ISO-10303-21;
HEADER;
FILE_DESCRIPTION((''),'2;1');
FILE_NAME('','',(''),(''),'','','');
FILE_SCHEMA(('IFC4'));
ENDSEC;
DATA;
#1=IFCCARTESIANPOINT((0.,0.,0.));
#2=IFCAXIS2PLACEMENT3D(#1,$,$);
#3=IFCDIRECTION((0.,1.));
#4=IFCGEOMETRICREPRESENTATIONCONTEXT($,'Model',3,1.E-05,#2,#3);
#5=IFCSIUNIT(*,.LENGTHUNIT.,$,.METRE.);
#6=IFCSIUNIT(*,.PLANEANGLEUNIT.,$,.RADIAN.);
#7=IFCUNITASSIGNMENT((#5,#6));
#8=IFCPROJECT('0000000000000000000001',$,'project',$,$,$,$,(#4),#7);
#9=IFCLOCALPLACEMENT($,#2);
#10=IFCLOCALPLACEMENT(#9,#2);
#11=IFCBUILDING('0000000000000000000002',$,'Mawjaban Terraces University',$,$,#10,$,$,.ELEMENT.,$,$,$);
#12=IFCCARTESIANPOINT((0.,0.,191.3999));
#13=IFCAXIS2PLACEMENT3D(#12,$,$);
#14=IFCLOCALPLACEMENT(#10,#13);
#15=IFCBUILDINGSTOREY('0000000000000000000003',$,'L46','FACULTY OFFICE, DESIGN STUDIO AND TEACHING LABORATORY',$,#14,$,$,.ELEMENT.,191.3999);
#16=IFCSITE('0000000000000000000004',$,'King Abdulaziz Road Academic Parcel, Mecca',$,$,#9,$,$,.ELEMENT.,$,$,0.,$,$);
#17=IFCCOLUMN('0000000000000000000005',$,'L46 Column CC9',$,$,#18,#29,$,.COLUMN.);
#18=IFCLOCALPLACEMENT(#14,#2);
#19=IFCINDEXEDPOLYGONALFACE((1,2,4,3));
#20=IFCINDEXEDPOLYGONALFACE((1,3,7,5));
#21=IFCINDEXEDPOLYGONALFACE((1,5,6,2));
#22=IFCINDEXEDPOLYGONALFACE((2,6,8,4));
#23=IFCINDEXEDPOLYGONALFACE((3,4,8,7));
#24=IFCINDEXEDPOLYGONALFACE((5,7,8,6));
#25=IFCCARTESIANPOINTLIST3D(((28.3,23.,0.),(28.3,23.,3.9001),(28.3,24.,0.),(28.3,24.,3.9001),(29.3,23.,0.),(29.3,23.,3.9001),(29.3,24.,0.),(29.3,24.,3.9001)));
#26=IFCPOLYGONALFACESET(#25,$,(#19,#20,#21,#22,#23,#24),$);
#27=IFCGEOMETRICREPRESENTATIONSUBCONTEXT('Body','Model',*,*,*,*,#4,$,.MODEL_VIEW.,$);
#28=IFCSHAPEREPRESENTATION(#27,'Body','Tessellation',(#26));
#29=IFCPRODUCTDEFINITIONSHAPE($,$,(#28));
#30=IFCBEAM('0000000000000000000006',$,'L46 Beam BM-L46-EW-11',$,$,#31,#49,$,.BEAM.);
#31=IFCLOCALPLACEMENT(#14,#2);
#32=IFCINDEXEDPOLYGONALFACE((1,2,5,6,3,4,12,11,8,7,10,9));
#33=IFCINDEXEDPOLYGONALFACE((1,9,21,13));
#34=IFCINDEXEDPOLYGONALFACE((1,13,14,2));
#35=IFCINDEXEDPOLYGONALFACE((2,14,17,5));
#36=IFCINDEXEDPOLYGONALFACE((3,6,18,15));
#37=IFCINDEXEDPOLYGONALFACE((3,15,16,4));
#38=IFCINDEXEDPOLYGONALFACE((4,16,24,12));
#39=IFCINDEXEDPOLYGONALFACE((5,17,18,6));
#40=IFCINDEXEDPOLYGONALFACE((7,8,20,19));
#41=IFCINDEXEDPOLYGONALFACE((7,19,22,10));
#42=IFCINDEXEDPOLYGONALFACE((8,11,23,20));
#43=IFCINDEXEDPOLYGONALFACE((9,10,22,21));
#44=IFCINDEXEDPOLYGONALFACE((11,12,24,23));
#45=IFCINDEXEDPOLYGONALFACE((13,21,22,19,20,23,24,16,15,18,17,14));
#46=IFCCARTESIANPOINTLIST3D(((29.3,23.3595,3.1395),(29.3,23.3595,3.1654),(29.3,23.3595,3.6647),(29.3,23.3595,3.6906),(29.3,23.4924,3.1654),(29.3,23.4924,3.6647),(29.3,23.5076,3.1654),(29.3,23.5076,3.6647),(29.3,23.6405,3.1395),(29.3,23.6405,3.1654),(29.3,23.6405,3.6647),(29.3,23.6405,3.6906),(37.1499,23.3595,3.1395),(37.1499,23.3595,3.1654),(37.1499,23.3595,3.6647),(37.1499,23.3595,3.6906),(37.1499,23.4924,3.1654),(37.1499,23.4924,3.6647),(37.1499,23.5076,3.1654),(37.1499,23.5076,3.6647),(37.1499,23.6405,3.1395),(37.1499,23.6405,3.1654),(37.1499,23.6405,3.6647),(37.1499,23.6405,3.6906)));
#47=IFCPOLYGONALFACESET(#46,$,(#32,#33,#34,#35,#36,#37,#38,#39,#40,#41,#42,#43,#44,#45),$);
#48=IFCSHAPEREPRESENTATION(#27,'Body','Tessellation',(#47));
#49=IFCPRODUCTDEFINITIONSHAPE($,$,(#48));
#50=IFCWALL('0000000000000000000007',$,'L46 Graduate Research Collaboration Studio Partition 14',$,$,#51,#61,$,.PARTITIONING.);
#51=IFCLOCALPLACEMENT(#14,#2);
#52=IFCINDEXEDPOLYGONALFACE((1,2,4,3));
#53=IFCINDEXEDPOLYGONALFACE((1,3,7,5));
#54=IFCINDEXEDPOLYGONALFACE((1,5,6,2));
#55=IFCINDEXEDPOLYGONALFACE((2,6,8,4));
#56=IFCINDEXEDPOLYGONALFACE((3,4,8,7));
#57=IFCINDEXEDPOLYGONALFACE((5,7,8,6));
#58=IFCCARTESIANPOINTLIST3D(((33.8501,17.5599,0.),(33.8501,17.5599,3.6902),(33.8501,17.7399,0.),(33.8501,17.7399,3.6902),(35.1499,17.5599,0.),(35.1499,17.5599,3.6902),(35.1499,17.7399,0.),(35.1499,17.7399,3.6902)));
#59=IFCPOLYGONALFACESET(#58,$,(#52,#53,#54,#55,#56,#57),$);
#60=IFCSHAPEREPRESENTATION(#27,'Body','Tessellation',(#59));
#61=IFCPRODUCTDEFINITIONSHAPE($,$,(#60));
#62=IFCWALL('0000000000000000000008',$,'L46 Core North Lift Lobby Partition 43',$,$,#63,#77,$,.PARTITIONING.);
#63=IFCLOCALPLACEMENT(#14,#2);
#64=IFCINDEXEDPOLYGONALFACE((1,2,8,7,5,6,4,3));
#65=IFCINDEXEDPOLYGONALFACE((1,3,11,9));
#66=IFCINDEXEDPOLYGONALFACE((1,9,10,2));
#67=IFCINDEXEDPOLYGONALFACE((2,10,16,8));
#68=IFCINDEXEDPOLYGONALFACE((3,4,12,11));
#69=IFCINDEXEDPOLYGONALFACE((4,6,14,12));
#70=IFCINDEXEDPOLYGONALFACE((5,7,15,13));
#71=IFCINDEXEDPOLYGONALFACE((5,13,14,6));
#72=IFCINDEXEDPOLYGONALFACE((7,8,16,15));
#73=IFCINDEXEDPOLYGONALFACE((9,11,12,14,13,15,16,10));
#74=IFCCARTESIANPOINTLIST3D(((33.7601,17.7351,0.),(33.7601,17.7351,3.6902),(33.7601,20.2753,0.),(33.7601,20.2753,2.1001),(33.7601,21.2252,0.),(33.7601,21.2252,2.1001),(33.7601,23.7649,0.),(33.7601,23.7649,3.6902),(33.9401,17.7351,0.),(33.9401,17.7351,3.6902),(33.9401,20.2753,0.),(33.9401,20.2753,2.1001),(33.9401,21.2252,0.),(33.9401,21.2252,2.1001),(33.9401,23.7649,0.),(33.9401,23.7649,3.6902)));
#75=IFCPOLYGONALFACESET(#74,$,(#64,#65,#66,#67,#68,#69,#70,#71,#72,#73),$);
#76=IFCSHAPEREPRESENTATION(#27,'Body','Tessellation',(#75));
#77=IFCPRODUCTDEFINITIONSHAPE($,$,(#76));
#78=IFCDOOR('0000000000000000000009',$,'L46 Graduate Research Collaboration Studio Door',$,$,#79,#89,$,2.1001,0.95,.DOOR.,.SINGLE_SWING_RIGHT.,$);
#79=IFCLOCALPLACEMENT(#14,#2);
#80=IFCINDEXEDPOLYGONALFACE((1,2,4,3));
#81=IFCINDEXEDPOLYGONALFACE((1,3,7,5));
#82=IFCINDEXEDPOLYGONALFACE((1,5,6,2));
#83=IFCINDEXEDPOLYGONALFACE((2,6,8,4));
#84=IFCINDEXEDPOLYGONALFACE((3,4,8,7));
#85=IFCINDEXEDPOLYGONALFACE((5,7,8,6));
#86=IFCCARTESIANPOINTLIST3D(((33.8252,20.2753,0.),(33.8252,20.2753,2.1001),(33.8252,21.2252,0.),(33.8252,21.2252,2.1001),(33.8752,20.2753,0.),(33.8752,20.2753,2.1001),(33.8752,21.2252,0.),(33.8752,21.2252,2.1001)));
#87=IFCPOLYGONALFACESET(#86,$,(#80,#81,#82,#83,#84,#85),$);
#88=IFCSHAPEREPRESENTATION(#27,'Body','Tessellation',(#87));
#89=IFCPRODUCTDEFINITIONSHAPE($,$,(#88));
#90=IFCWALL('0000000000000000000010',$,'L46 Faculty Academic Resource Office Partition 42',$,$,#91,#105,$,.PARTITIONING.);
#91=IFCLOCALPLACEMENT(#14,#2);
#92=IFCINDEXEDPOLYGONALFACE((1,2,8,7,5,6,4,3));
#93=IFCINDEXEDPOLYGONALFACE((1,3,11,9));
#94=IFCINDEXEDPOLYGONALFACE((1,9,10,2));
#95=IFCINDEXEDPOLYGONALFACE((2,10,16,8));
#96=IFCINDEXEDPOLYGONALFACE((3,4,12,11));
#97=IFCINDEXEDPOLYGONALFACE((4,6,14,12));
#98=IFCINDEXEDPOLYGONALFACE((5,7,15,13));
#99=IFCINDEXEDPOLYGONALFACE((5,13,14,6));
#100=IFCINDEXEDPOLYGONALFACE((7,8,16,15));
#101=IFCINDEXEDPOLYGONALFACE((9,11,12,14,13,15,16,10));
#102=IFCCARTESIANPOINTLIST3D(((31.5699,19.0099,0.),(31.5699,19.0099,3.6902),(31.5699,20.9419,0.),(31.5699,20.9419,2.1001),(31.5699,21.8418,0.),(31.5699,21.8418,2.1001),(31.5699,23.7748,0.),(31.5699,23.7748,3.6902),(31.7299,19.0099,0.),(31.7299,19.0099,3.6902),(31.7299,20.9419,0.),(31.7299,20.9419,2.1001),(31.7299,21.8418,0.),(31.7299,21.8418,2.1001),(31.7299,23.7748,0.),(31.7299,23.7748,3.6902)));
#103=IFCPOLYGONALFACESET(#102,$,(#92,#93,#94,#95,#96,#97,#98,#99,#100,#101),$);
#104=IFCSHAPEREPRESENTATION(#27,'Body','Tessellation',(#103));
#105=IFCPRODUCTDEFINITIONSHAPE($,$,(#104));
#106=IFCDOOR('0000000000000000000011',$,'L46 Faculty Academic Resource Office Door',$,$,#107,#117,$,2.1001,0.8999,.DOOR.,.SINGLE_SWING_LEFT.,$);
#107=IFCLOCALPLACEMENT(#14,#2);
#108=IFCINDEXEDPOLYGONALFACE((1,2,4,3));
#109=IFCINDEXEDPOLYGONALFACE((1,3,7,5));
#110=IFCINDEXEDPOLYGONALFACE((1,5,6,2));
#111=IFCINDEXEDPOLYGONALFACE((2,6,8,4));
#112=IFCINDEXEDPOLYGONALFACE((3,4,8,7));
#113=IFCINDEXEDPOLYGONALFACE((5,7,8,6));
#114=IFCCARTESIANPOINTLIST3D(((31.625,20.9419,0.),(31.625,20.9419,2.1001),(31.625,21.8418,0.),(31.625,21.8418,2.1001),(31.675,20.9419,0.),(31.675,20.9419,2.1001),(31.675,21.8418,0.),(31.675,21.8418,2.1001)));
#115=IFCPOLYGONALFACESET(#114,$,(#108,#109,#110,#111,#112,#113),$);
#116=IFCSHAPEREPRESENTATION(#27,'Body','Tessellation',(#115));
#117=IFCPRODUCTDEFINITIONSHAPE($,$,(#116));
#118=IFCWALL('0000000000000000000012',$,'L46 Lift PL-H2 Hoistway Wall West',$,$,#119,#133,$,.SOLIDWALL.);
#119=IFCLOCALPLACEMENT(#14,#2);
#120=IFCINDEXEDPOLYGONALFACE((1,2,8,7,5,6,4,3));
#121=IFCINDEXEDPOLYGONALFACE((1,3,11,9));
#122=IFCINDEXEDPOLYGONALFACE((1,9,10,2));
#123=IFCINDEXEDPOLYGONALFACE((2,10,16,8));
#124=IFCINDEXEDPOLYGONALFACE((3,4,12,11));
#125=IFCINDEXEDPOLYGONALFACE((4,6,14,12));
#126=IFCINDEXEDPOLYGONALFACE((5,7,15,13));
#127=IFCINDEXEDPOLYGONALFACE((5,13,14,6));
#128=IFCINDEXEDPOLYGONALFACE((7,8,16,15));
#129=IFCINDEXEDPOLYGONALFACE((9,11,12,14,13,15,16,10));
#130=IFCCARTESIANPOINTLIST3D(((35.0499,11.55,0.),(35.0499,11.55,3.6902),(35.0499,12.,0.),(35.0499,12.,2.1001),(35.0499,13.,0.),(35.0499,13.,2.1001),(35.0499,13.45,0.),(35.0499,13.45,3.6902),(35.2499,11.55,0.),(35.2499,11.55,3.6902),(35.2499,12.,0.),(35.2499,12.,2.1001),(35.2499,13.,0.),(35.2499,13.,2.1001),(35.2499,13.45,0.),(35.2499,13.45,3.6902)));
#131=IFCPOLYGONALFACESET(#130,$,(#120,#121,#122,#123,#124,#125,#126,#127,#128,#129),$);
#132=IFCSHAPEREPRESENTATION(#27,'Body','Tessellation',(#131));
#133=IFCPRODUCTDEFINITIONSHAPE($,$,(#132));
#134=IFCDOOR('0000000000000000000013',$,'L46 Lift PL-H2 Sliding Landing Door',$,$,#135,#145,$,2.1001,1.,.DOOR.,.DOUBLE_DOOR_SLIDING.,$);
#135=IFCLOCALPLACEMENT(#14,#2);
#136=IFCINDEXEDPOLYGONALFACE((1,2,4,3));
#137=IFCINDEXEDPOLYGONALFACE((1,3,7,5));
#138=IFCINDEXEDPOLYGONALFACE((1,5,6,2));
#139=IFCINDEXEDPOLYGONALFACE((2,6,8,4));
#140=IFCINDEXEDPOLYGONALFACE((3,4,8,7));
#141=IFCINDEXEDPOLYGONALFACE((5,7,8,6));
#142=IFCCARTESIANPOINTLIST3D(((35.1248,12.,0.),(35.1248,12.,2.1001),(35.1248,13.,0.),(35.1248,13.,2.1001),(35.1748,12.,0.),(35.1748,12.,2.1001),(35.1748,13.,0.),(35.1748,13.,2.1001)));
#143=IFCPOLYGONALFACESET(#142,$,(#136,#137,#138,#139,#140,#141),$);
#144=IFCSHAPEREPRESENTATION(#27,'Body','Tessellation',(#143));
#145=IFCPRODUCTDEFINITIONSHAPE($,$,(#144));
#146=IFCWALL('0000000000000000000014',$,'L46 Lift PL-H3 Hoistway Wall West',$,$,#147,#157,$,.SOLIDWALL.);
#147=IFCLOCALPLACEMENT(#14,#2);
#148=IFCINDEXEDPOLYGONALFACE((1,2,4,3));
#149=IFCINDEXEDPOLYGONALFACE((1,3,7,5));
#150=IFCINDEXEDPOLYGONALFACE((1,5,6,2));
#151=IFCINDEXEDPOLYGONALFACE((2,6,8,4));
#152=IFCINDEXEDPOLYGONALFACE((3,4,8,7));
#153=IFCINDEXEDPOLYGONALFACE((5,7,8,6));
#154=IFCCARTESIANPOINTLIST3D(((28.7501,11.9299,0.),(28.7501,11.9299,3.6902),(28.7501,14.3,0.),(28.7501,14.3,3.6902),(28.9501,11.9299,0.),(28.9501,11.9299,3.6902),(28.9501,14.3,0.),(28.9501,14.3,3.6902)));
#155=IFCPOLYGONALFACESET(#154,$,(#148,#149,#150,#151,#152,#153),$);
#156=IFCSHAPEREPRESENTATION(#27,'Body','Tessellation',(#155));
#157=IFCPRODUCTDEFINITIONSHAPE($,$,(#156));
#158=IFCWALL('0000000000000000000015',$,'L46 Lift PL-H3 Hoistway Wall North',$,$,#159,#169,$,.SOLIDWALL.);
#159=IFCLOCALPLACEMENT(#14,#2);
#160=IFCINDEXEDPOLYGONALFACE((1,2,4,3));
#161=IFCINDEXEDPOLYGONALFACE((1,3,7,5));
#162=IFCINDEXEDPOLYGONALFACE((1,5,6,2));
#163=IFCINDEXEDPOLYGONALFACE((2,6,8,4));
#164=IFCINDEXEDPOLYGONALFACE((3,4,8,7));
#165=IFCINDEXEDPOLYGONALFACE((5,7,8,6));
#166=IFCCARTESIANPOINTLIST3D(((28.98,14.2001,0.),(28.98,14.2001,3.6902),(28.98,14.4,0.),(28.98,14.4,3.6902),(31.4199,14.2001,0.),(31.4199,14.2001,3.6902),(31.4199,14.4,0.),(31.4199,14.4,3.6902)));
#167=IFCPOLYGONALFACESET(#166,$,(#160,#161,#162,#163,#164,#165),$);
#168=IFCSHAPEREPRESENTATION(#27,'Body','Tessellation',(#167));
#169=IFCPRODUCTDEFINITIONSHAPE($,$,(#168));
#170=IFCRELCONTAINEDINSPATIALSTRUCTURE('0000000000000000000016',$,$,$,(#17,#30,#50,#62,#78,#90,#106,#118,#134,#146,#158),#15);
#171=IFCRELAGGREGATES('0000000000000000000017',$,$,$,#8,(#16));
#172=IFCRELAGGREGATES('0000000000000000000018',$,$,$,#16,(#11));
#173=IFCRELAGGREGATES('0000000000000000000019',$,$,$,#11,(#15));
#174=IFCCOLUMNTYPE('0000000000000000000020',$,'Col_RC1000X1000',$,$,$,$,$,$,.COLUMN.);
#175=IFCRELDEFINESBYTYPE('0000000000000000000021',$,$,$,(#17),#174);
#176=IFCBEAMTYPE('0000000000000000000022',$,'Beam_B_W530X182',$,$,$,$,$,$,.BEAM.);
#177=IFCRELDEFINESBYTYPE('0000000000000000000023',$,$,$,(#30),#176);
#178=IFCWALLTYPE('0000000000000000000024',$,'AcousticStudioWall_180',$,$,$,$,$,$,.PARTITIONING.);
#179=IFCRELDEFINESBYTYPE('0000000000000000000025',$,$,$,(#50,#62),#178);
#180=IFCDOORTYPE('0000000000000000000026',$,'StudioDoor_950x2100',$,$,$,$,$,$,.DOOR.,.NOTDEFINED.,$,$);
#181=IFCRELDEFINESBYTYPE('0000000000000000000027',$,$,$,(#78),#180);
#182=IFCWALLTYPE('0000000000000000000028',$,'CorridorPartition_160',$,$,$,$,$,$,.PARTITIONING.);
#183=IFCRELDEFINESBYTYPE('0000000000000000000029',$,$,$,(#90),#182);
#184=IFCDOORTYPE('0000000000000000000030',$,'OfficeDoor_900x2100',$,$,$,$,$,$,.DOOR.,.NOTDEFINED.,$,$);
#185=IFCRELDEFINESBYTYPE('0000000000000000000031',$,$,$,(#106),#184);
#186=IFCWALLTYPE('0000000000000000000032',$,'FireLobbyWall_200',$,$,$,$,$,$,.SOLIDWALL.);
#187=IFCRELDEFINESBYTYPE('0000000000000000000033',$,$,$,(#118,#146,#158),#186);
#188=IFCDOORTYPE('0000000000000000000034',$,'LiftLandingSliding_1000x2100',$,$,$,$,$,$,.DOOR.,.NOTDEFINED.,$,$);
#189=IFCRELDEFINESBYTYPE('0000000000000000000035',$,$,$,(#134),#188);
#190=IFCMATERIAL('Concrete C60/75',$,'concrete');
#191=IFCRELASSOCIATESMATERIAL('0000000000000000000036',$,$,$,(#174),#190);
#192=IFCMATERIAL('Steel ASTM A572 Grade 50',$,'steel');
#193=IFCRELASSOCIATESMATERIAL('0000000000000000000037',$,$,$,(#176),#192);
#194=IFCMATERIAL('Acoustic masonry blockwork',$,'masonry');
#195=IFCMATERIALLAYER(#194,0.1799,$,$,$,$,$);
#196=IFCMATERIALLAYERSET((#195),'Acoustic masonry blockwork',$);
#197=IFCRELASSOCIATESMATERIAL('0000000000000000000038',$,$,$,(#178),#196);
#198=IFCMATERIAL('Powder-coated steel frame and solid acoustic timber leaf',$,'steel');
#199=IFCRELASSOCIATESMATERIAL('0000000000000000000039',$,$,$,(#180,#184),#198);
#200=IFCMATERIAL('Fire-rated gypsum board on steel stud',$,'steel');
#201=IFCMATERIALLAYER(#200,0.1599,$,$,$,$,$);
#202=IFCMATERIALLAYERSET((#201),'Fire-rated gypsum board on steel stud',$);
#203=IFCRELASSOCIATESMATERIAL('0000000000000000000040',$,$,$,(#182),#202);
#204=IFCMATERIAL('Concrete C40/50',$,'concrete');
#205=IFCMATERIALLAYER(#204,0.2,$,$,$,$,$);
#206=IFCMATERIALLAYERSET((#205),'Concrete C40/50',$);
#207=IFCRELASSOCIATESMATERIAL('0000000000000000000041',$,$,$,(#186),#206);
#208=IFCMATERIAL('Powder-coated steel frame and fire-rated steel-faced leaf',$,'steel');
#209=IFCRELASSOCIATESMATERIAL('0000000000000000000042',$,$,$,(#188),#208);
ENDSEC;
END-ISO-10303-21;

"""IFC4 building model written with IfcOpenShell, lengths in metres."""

from ifc_helpers import new_model, si_unit, direction, frame, frame_2d, origin, origin_2d, place, context, subcontext, project, spatial, rectangle, i_section, extrude, material, layer, layer_set, material_profile, profile_set, type_object, element, fill, save


model = new_model("IFC4")

# Units and contexts
model_context = context("Model", 3, precision=1e-05, world=origin(), true_north=direction((0.0, 1.0)))
body_context = subcontext(model_context, "Body", "Model", "MODEL_VIEW")
ifc_project = project(units=[si_unit("LENGTHUNIT", "METRE"), si_unit("PLANEANGLEUNIT", "RADIAN")], contexts=[model_context])

# Site, building, storey
site_placement = place(None, origin())
site = spatial("IfcSite", under=ifc_project, at=site_placement, Name="King Abdulaziz Road Academic Parcel, Mecca", CompositionType="ELEMENT", RefElevation=0.0)
building_placement = place(site_placement, origin())
building = spatial("IfcBuilding", under=site, at=building_placement, Name="Mawjaban Terraces University", CompositionType="ELEMENT")
storey_placement = place(building_placement, frame((0.0, 0.0, 191.3999)))
storey = spatial("IfcBuildingStorey", under=building, at=storey_placement, Name="L46", Description="FACULTY OFFICE, DESIGN STUDIO AND TEACHING LABORATORY", CompositionType="ELEMENT", Elevation=191.3999)

# Column
ifc_material_1 = material(Name="Concrete C60/75", Category="concrete")
ifc_material_profile_1 = material_profile(ifc_material_1, rectangle(XDim=1.0, YDim=1.0, at=origin_2d()), Name="RC1000X1000")
ifc_profile_set_1 = profile_set([ifc_material_profile_1], Name="Concrete C60/75")
column_type = type_object("IfcColumnType", Name="Col_RC1000X1000", PredefinedType="COLUMN", material=ifc_profile_set_1)
column_placement = place(storey_placement, frame((28.8, 23.5, 0.0), z_axis=(0.0, 0.0, 1.0), x_axis=(1.0, 0.0, 0.0)))
element("IfcColumn", 1, at=column_placement, inside=storey, type_object=column_type, Name="L46 Column CC9", PredefinedType="COLUMN", context=body_context, shape_type="SweptSolid", body=[
    extrude(rectangle(XDim=1.0, YDim=1.0, at=origin_2d()), origin(), (0.0, 0.0, 1.0), 3.9001),
])

# Beam
ifc_material_2 = material(Name="Steel ASTM A572 Grade 50", Category="steel")
ifc_material_profile_2 = material_profile(ifc_material_2, i_section(OverallWidth=0.281, OverallDepth=0.551, WebThickness=0.0151, FlangeThickness=0.0259, at=origin_2d()), Name="W530X182")
ifc_profile_set_2 = profile_set([ifc_material_profile_2], Name="Steel ASTM A572 Grade 50")
beam_type = type_object("IfcBeamType", Name="Beam_B_W530X182", PredefinedType="BEAM", material=ifc_profile_set_2)
beam_placement = place(storey_placement, frame((29.3, 23.5, 3.415), z_axis=(1.0, 0.0, 0.0), x_axis=(0.0, 1.0, 0.0)))
element("IfcBeam", 2, at=beam_placement, inside=storey, type_object=beam_type, Name="L46 Beam BM-L46-EW-11", PredefinedType="BEAM", context=body_context, shape_type="SweptSolid", body=[
    extrude(i_section(OverallWidth=0.281, OverallDepth=0.551, WebThickness=0.0151, FlangeThickness=0.0259, at=origin_2d()), origin(), (0.0, 0.0, 1.0), 7.8499),
])

# Wall
ifc_material_3 = material(Name="Acoustic masonry blockwork", Category="masonry")
ifc_layer_1 = layer(ifc_material_3, 0.1799)
ifc_layer_set_1 = layer_set([ifc_layer_1], Name="Acoustic masonry blockwork")
wall_type_1 = type_object("IfcWallType", Name="AcousticStudioWall_180", PredefinedType="PARTITIONING", material=ifc_layer_set_1)
wall_1_placement = place(storey_placement, frame((33.8501, 17.6499, 0.0), z_axis=(0.0, 0.0, 1.0), x_axis=(1.0, 0.0, 0.0)))
element("IfcWall", 3, at=wall_1_placement, inside=storey, type_object=wall_type_1, Name="L46 Graduate Research Collaboration Studio Partition 14", PredefinedType="PARTITIONING", context=body_context, shape_type="SweptSolid", body=[
    extrude(rectangle(XDim=1.2998, YDim=0.1799, at=frame_2d((0.6499, 0.0))), origin(), (0.0, 0.0, 1.0), 3.6902),
])

# Walls, openings, doors
wall_2_placement = place(storey_placement, frame((33.8501, 17.7351, 0.0), z_axis=(0.0, 0.0, 1.0), x_axis=(0.0, 1.0, 0.0)))
wall_2 = element("IfcWall", 4, at=wall_2_placement, inside=storey, type_object=wall_type_1, Name="L46 Core North Lift Lobby Partition 43", PredefinedType="PARTITIONING", context=body_context, shape_type="SweptSolid", body=[
    extrude(rectangle(XDim=6.0298, YDim=0.1799, at=frame_2d((3.0149, 0.0))), origin(), (0.0, 0.0, 1.0), 3.6902),
])
opening_1_placement = place(wall_2_placement, frame((2.54, 0.0, 0.0)))
opening_1 = element("IfcOpeningElement", 5, at=opening_1_placement, cuts=wall_2, PredefinedType="OPENING", context=body_context, shape_type="SweptSolid", body=[
    extrude(rectangle(XDim=0.95, YDim=2.1001, at=frame_2d((0.4751, 1.05))), frame((0.0, 0.0999, 0.0), z_axis=(0.0, -1.0, 0.0), x_axis=(1.0, 0.0, 0.0)), (0.0, 0.0, 1.0), 0.2),
])
ifc_material_4 = material(Name="Powder-coated steel frame and solid acoustic timber leaf", Category="steel")
door_type_1 = type_object("IfcDoorType", Name="StudioDoor_950x2100", OperationType="NOTDEFINED", PredefinedType="DOOR", material=ifc_material_4)
door_1_placement = place(opening_1_placement, origin())
door_1 = element("IfcDoor", 6, at=door_1_placement, inside=storey, type_object=door_type_1, Name="L46 Graduate Research Collaboration Studio Door", OperationType="SINGLE_SWING_RIGHT", OverallHeight=2.1001, OverallWidth=0.95, PredefinedType="DOOR", context=body_context, shape_type="SweptSolid", body=[
    extrude(rectangle(XDim=0.95, YDim=2.1001, at=frame_2d((0.4751, 1.05))), frame((0.0, 0.0249, 0.0), z_axis=(0.0, -1.0, 0.0), x_axis=(1.0, 0.0, 0.0)), (0.0, 0.0, 1.0), 0.05),
])
fill(opening_1, door_1)
ifc_material_5 = material(Name="Fire-rated gypsum board on steel stud", Category="steel")
ifc_layer_2 = layer(ifc_material_5, 0.1599)
ifc_layer_set_2 = layer_set([ifc_layer_2], Name="Fire-rated gypsum board on steel stud")
wall_type_2 = type_object("IfcWallType", Name="CorridorPartition_160", PredefinedType="PARTITIONING", material=ifc_layer_set_2)
wall_3_placement = place(storey_placement, frame((31.6499, 19.01, 0.0), z_axis=(0.0, 0.0, 1.0), x_axis=(0.0, 1.0, 0.0)))
wall_3 = element("IfcWall", 7, at=wall_3_placement, inside=storey, type_object=wall_type_2, Name="L46 Faculty Academic Resource Office Partition 42", PredefinedType="PARTITIONING", context=body_context, shape_type="SweptSolid", body=[
    extrude(rectangle(XDim=4.7649, YDim=0.1599, at=frame_2d((2.3823, 0.0))), origin(), (0.0, 0.0, 1.0), 3.6902),
])
opening_2_placement = place(wall_3_placement, frame((1.9319, 0.0, 0.0)))
opening_2 = element("IfcOpeningElement", 8, at=opening_2_placement, cuts=wall_3, PredefinedType="OPENING", context=body_context, shape_type="SweptSolid", body=[
    extrude(rectangle(XDim=0.8999, YDim=2.1001, at=frame_2d((0.45, 1.05))), frame((0.0, 0.0898, 0.0), z_axis=(0.0, -1.0, 0.0), x_axis=(1.0, 0.0, 0.0)), (0.0, 0.0, 1.0), 0.1799),
])
door_type_2 = type_object("IfcDoorType", Name="OfficeDoor_900x2100", OperationType="NOTDEFINED", PredefinedType="DOOR", material=ifc_material_4)
door_2_placement = place(opening_2_placement, origin())
door_2 = element("IfcDoor", 9, at=door_2_placement, inside=storey, type_object=door_type_2, Name="L46 Faculty Academic Resource Office Door", OperationType="SINGLE_SWING_LEFT", OverallHeight=2.1001, OverallWidth=0.8999, PredefinedType="DOOR", context=body_context, shape_type="SweptSolid", body=[
    extrude(rectangle(XDim=0.8999, YDim=2.1001, at=frame_2d((0.45, 1.05))), frame((0.0, 0.0249, 0.0), z_axis=(0.0, -1.0, 0.0), x_axis=(1.0, 0.0, 0.0)), (0.0, 0.0, 1.0), 0.05),
])
fill(opening_2, door_2)
ifc_material_6 = material(Name="Concrete C40/50", Category="concrete")
ifc_layer_3 = layer(ifc_material_6, 0.2)
ifc_layer_set_3 = layer_set([ifc_layer_3], Name="Concrete C40/50")
wall_type_3 = type_object("IfcWallType", Name="FireLobbyWall_200", PredefinedType="SOLIDWALL", material=ifc_layer_set_3)
wall_4_placement = place(storey_placement, frame((35.1499, 13.45, 0.0), z_axis=(0.0, 0.0, 1.0), x_axis=(0.0, -1.0, 0.0)))
wall_4 = element("IfcWall", 10, at=wall_4_placement, inside=storey, type_object=wall_type_3, Name="L46 Lift PL-H2 Hoistway Wall West", PredefinedType="SOLIDWALL", context=body_context, shape_type="SweptSolid", body=[
    extrude(rectangle(XDim=1.8999, YDim=0.2, at=frame_2d((0.95, 0.0))), origin(), (0.0, 0.0, 1.0), 3.6902),
])
opening_3_placement = place(wall_4_placement, frame((0.45, 0.0, 0.0)))
opening_3 = element("IfcOpeningElement", 11, at=opening_3_placement, cuts=wall_4, PredefinedType="OPENING", context=body_context, shape_type="SweptSolid", body=[
    extrude(rectangle(XDim=1.0, YDim=2.1001, at=frame_2d((0.5, 1.05))), frame((0.0, 0.1099, 0.0), z_axis=(0.0, -1.0, 0.0), x_axis=(1.0, 0.0, 0.0)), (0.0, 0.0, 1.0), 0.22),
])
ifc_material_7 = material(Name="Powder-coated steel frame and fire-rated steel-faced leaf", Category="steel")
door_type_3 = type_object("IfcDoorType", Name="LiftLandingSliding_1000x2100", OperationType="NOTDEFINED", PredefinedType="DOOR", material=ifc_material_7)
door_3_placement = place(opening_3_placement, origin())
door_3 = element("IfcDoor", 12, at=door_3_placement, inside=storey, type_object=door_type_3, Name="L46 Lift PL-H2 Sliding Landing Door", OperationType="DOUBLE_DOOR_SLIDING", OverallHeight=2.1001, OverallWidth=1.0, PredefinedType="DOOR", context=body_context, shape_type="SweptSolid", body=[
    extrude(rectangle(XDim=1.0, YDim=2.1001, at=frame_2d((0.5, 1.05))), frame((0.0, 0.0249, 0.0), z_axis=(0.0, -1.0, 0.0), x_axis=(1.0, 0.0, 0.0)), (0.0, 0.0, 1.0), 0.05),
])
fill(opening_3, door_3)

# Walls
wall_5_placement = place(storey_placement, frame((28.8501, 14.3, 0.0), z_axis=(0.0, 0.0, 1.0), x_axis=(0.0, -1.0, 0.0)))
element("IfcWall", 13, at=wall_5_placement, inside=storey, type_object=wall_type_3, Name="L46 Lift PL-H3 Hoistway Wall West", PredefinedType="SOLIDWALL", context=body_context, shape_type="SweptSolid", body=[
    extrude(rectangle(XDim=2.3701, YDim=0.2, at=frame_2d((1.1851, 0.0))), origin(), (0.0, 0.0, 1.0), 3.6902),
])
wall_6_placement = place(storey_placement, frame((31.4199, 14.3, 0.0), z_axis=(0.0, 0.0, 1.0), x_axis=(-1.0, 0.0, 0.0)))
element("IfcWall", 14, at=wall_6_placement, inside=storey, type_object=wall_type_3, Name="L46 Lift PL-H3 Hoistway Wall North", PredefinedType="SOLIDWALL", context=body_context, shape_type="SweptSolid", body=[
    extrude(rectangle(XDim=2.4399, YDim=0.2, at=frame_2d((1.22, 0.0))), origin(), (0.0, 0.0, 1.0), 3.6902),
])

save(model, "model.ifc")
